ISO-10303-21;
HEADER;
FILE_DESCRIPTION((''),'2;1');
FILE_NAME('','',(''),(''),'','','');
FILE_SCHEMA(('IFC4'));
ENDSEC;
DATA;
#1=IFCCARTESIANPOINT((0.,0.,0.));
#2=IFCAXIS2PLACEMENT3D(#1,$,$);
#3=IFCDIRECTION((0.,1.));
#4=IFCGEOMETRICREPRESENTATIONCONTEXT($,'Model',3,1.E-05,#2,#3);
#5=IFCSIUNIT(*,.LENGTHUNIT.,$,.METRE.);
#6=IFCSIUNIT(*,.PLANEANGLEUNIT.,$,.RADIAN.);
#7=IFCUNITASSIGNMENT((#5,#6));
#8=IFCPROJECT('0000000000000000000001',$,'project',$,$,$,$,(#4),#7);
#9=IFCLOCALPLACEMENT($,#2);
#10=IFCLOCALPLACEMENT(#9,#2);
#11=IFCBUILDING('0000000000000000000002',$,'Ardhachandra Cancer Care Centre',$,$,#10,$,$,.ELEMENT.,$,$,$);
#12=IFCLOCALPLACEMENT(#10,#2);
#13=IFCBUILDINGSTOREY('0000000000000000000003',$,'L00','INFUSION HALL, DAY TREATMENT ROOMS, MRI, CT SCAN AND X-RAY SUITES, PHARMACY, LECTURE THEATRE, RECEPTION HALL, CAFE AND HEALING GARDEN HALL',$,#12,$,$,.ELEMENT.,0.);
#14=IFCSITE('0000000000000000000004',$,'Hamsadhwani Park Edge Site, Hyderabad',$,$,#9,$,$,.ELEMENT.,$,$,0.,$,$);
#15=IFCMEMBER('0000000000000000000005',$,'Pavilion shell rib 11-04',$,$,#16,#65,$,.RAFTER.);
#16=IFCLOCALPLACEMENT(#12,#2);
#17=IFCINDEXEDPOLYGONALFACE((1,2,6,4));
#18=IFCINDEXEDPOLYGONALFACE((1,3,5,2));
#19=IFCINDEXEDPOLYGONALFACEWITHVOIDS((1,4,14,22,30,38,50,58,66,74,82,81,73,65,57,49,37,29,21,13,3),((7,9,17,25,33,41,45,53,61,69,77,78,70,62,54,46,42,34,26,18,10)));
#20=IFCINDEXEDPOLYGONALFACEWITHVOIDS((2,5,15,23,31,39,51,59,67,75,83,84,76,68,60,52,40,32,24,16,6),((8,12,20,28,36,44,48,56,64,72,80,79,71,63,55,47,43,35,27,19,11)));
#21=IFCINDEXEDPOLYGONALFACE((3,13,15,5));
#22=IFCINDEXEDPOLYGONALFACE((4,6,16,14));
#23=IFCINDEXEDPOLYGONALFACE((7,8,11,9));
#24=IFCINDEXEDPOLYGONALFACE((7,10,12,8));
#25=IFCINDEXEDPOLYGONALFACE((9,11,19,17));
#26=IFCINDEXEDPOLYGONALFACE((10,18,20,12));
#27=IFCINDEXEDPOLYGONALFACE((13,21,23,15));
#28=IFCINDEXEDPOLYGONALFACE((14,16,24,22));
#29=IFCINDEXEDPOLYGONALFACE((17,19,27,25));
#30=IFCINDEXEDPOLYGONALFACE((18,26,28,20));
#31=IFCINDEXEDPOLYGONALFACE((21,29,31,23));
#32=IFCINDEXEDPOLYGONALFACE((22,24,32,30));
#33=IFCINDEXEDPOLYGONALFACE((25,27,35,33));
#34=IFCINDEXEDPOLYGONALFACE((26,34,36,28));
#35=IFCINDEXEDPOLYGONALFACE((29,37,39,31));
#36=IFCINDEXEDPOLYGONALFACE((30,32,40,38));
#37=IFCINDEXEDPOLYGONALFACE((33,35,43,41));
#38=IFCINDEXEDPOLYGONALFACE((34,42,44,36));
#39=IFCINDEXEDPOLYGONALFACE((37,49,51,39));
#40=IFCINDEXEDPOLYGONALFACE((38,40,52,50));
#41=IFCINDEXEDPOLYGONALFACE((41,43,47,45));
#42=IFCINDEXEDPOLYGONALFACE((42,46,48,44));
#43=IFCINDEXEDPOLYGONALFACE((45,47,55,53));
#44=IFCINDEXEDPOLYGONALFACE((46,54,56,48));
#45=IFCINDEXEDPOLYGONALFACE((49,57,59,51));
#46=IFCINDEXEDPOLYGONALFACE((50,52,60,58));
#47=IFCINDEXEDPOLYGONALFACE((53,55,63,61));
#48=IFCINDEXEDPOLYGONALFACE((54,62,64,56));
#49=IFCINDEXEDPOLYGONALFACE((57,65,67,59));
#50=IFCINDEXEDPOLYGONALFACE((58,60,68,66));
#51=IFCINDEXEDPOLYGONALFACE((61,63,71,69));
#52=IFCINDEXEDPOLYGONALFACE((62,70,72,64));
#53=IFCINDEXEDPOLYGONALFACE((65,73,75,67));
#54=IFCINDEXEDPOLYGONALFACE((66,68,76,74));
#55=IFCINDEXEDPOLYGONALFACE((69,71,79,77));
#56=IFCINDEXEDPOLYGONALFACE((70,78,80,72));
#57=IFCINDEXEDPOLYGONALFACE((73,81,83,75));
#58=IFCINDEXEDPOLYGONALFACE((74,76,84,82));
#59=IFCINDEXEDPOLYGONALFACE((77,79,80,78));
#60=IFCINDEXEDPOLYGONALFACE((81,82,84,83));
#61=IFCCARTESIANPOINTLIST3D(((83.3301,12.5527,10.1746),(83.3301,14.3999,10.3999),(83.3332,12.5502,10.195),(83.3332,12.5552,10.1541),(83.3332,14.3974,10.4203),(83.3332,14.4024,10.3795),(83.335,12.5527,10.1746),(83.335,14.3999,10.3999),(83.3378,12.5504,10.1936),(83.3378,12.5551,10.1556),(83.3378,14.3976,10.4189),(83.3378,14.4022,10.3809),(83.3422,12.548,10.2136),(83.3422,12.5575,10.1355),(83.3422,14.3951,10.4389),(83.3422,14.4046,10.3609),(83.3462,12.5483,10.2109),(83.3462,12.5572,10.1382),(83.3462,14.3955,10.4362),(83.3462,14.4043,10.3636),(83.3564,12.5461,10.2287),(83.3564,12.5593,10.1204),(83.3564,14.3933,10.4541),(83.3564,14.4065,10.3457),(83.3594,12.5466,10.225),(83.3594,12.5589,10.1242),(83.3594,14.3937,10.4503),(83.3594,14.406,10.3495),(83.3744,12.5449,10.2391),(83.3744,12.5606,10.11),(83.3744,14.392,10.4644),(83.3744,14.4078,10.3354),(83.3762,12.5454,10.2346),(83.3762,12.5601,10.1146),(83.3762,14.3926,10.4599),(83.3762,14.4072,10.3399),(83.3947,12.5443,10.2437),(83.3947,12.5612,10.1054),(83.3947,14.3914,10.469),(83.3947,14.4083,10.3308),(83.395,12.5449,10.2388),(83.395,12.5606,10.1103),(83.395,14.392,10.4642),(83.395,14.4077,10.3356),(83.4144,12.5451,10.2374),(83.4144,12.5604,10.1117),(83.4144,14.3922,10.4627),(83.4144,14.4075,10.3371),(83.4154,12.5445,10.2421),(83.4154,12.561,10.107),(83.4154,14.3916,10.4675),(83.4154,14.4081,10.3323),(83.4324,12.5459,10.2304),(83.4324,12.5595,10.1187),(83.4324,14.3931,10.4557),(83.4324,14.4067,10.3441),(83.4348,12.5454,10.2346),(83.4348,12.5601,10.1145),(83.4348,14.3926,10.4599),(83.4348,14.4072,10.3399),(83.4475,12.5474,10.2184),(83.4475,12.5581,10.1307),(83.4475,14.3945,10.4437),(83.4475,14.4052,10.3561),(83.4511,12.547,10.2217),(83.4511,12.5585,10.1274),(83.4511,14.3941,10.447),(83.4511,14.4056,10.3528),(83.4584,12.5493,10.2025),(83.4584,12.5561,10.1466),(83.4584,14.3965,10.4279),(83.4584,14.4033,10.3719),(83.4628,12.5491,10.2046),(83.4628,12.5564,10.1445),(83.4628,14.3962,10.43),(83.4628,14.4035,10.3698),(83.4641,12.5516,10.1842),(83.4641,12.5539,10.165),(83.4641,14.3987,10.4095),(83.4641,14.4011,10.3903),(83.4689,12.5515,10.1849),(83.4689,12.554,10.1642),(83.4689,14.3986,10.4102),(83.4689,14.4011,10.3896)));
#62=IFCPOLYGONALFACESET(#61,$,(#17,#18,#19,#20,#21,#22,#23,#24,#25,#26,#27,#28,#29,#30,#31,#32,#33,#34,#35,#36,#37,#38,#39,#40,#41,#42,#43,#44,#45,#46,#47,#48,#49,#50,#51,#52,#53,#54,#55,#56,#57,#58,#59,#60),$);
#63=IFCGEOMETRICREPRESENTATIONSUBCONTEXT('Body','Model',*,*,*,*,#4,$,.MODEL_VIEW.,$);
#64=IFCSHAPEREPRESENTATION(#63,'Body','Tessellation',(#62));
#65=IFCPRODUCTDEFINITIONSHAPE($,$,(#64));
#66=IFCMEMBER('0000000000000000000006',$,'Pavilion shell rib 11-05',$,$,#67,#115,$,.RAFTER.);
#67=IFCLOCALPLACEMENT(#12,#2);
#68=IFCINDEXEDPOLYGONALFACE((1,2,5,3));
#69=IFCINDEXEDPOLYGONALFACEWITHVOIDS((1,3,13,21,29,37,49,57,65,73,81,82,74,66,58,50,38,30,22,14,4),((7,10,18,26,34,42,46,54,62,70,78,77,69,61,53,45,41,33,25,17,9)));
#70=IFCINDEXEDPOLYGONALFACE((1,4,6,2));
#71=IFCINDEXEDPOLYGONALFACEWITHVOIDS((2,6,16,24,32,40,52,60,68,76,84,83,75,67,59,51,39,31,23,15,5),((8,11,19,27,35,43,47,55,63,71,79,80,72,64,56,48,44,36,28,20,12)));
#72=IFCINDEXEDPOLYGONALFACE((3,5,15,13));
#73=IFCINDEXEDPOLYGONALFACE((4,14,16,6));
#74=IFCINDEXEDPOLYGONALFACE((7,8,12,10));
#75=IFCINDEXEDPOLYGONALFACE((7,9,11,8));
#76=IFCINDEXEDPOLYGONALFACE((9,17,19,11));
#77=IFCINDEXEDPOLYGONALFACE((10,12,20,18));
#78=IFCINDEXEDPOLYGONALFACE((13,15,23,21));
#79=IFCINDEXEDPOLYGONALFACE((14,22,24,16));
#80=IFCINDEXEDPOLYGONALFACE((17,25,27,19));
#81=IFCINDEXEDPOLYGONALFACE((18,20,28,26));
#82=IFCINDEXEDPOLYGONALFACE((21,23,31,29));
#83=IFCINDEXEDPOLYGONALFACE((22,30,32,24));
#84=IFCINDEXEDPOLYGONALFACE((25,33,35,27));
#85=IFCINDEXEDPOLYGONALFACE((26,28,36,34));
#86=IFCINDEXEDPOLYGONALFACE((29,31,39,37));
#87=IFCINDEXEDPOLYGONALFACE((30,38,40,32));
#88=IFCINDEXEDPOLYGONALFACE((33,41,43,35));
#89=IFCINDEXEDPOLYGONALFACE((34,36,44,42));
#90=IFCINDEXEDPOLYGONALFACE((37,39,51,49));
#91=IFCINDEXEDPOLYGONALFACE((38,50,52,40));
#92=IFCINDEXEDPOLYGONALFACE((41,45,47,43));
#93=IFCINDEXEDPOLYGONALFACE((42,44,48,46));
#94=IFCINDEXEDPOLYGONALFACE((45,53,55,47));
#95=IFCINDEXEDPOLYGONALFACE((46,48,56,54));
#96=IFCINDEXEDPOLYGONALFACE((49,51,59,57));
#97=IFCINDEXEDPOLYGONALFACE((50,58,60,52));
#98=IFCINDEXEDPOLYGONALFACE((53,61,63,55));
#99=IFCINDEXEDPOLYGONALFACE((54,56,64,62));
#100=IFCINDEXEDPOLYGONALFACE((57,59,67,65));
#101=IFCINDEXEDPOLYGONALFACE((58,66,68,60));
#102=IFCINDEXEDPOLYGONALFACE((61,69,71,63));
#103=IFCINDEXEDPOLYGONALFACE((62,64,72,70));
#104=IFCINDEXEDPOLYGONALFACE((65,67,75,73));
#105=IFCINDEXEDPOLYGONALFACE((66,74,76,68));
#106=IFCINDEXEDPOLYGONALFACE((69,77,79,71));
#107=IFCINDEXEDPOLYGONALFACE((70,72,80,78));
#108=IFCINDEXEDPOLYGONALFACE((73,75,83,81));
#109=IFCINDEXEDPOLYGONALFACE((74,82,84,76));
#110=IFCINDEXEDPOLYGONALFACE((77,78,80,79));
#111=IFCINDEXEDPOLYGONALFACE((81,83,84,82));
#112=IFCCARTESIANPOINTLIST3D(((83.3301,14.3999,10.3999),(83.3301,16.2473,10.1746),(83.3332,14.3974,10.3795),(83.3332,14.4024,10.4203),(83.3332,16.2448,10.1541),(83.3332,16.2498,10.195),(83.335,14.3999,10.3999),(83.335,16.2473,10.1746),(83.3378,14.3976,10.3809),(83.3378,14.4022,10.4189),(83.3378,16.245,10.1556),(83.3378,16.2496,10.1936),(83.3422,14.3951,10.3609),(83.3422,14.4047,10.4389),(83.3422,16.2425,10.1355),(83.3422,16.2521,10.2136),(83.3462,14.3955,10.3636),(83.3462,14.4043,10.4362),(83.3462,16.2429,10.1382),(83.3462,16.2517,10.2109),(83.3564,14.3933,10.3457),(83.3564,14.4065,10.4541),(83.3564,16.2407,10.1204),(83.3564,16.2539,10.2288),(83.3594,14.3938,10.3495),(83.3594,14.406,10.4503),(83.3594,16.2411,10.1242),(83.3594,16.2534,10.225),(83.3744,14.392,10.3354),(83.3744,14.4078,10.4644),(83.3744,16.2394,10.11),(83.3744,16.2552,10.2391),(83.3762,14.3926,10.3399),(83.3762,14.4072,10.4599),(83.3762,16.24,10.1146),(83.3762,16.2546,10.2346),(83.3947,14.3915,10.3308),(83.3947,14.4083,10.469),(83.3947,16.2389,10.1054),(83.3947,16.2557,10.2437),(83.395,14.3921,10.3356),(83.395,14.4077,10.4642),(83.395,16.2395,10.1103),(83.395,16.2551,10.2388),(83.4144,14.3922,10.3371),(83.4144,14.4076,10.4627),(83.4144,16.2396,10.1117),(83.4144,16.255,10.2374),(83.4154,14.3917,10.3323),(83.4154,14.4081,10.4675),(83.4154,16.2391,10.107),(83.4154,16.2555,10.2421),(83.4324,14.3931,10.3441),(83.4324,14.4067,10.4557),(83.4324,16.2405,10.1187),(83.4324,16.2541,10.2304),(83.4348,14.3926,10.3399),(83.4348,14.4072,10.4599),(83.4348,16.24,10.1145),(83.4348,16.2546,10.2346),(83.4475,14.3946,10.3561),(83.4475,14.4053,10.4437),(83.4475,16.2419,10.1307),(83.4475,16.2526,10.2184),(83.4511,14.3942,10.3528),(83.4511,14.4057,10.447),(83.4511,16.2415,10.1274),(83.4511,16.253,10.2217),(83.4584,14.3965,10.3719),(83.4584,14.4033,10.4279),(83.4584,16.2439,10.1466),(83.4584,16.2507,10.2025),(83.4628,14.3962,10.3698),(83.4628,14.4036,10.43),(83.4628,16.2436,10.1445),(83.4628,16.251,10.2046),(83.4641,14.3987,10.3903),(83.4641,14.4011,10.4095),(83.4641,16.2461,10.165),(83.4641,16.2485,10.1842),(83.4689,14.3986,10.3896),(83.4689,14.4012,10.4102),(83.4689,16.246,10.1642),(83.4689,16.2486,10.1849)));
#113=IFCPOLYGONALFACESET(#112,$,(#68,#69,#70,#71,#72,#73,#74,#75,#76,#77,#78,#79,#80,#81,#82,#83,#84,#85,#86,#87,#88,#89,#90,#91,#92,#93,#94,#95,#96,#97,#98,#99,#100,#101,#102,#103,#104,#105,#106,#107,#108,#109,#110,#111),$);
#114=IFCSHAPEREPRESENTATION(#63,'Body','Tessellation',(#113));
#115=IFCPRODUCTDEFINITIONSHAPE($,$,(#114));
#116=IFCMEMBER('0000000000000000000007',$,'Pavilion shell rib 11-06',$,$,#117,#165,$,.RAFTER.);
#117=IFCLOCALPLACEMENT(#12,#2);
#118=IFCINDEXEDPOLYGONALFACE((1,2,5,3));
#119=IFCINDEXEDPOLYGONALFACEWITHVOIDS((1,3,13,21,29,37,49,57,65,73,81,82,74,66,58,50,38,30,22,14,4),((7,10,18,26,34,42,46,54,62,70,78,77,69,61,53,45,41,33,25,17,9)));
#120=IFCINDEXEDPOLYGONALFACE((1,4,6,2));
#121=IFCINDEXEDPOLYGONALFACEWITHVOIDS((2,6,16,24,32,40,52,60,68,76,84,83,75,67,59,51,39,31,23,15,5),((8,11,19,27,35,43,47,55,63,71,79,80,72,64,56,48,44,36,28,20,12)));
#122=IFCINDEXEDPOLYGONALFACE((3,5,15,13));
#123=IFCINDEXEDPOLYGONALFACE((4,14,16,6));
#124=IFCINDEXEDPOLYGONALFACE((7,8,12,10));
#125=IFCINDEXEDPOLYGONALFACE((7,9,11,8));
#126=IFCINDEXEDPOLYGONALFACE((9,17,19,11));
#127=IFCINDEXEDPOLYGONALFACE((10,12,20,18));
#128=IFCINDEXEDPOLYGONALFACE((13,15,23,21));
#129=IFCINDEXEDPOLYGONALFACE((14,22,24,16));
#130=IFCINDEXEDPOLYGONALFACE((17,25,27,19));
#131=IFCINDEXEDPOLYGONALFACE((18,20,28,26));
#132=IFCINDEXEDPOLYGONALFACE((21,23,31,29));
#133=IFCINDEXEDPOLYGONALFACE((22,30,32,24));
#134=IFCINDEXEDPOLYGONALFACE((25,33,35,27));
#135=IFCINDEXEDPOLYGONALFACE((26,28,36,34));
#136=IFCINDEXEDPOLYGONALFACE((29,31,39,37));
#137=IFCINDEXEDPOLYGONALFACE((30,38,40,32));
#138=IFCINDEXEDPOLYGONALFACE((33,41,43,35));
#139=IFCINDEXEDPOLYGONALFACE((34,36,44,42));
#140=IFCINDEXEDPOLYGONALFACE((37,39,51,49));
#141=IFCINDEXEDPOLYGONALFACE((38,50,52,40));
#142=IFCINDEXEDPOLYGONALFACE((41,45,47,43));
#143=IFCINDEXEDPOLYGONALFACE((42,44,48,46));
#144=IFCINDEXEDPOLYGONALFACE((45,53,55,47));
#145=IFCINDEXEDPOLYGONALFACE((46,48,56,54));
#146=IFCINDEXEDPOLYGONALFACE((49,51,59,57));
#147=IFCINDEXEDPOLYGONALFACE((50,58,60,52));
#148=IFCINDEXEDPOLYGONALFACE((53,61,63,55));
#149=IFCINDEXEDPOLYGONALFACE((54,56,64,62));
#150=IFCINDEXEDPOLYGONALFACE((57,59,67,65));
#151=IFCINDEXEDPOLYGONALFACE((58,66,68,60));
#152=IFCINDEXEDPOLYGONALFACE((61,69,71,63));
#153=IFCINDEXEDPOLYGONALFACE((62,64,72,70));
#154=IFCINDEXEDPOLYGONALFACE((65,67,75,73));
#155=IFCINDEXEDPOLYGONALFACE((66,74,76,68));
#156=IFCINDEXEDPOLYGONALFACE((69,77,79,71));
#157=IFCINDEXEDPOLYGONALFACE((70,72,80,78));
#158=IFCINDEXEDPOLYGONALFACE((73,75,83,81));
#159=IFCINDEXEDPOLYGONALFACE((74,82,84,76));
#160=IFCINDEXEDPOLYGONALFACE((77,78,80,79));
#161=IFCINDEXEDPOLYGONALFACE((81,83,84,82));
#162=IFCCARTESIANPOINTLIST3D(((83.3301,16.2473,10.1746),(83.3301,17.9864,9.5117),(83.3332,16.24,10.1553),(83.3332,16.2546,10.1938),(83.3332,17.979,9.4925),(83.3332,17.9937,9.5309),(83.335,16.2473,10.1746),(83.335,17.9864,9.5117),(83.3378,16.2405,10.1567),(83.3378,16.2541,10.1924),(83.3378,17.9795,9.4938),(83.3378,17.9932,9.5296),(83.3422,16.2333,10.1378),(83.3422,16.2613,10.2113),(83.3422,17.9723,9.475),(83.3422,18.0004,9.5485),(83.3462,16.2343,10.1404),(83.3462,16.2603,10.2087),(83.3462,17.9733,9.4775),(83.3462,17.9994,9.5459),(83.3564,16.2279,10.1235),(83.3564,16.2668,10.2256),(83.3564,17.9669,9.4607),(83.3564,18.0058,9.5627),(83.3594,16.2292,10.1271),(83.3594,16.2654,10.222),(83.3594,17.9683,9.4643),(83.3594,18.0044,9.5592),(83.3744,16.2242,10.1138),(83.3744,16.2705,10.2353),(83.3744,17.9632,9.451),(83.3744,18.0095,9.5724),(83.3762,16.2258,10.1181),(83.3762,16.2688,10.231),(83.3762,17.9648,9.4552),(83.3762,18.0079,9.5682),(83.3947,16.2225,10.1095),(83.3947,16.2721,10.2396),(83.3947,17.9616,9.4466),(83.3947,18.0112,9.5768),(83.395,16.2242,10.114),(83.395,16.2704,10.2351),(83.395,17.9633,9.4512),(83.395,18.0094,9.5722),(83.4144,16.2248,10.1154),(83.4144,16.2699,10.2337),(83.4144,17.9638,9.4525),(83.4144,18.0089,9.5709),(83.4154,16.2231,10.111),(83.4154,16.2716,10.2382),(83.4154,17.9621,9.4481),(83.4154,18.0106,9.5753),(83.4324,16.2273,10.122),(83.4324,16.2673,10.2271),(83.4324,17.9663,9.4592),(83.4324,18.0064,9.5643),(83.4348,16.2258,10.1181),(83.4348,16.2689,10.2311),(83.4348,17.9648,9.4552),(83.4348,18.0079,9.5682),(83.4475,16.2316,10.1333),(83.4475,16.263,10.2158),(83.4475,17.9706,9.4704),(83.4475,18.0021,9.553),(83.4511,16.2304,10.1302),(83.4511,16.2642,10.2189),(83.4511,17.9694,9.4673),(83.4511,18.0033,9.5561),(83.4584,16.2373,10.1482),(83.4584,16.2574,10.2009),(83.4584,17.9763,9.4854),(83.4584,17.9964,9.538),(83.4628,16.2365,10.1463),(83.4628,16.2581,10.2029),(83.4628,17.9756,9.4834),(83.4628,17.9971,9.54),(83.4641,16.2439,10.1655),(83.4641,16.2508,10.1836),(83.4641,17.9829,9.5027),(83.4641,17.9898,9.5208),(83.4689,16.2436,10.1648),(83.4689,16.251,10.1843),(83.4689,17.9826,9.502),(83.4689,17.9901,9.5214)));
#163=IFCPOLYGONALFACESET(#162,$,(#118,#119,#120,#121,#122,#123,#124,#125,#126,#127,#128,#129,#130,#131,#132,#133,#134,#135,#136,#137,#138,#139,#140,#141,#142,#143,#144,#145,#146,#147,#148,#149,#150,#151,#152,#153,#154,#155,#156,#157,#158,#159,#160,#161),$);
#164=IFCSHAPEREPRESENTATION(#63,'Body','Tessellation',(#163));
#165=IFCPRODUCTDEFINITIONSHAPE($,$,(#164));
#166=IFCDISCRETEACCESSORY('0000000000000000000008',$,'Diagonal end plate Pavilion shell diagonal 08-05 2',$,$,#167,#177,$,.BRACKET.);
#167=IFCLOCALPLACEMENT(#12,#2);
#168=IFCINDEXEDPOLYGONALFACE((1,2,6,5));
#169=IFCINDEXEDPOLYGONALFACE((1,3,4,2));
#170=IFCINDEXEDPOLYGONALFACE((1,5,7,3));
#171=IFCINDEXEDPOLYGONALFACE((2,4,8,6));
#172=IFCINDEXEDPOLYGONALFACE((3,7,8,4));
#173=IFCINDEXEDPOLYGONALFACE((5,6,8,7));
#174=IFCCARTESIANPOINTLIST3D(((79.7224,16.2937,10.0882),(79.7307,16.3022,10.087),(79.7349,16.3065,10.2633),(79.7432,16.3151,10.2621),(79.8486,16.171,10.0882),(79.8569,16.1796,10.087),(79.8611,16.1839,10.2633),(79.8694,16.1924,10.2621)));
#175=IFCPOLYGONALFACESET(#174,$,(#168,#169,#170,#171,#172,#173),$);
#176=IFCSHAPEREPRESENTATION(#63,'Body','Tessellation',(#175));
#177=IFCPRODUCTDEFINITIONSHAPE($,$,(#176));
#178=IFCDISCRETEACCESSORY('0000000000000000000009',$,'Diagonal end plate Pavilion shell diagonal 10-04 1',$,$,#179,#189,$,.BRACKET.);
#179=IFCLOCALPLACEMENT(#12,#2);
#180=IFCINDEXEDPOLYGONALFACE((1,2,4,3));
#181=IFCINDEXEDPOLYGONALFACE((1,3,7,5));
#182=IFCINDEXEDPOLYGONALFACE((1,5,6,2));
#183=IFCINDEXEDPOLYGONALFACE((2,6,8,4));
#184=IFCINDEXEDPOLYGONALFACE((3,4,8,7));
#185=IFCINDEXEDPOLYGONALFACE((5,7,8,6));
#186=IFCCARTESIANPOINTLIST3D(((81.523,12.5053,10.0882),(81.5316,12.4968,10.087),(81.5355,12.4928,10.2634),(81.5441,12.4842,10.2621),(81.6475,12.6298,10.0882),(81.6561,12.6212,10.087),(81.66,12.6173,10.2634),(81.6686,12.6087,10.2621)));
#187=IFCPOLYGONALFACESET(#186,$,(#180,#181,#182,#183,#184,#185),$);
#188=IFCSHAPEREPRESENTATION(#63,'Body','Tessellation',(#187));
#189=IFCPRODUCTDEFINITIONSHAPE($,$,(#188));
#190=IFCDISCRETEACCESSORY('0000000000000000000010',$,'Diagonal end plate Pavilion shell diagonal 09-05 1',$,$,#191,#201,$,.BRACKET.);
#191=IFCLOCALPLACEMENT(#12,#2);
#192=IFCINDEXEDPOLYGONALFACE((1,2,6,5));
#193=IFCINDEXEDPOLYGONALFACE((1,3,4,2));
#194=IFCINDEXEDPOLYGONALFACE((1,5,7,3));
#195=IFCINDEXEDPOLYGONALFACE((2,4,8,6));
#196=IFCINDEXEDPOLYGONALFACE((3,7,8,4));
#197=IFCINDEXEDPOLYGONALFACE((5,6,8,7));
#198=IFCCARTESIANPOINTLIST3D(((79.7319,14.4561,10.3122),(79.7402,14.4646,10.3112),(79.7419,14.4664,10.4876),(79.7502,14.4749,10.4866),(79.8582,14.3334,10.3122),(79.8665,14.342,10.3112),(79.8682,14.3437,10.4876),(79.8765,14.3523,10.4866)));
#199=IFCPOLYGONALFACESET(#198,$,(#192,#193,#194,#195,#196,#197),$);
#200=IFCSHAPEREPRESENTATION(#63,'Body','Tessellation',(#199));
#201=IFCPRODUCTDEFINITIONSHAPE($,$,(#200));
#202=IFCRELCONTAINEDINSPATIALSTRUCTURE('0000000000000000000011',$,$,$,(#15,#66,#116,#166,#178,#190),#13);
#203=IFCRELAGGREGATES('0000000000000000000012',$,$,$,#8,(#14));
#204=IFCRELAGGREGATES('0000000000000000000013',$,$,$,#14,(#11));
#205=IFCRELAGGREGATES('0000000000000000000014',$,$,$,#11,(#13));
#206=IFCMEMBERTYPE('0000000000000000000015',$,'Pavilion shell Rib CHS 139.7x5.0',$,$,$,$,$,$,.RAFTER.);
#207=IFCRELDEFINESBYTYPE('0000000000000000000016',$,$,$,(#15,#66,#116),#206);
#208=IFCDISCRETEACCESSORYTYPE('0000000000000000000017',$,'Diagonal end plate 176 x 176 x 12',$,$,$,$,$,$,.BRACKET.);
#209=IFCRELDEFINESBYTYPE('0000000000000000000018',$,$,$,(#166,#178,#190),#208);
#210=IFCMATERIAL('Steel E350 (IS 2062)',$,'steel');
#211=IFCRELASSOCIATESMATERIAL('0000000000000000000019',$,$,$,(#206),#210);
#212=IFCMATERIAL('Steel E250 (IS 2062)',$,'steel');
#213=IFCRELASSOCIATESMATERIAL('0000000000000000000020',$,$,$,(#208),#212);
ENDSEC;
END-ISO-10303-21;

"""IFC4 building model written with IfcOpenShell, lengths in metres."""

from ifc_helpers import new_model, si_unit, direction, frame, origin, origin_2d, place, context, subcontext, project, spatial, rectangle, hollow_circle, extrude, material, material_profile, profile_set, type_object, element, save


model = new_model("IFC4")

# Units and contexts
model_context = context("Model", 3, precision=1e-05, world=origin(), true_north=direction((0.0, 1.0)))
body_context = subcontext(model_context, "Body", "Model", "MODEL_VIEW")
ifc_project = project(units=[si_unit("LENGTHUNIT", "METRE"), si_unit("PLANEANGLEUNIT", "RADIAN")], contexts=[model_context])

# Site, building, storey
site_placement = place(None, origin())
site = spatial("IfcSite", under=ifc_project, at=site_placement, Name="Hamsadhwani Park Edge Site, Hyderabad", CompositionType="ELEMENT", RefElevation=0.0)
building_placement = place(site_placement, origin())
building = spatial("IfcBuilding", under=site, at=building_placement, Name="Ardhachandra Cancer Care Centre", CompositionType="ELEMENT")
storey_placement = place(building_placement, origin())
storey = spatial("IfcBuildingStorey", under=building, at=storey_placement, Name="L00", Description="INFUSION HALL, DAY TREATMENT ROOMS, MRI, CT SCAN AND X-RAY SUITES, PHARMACY, LECTURE THEATRE, RECEPTION HALL, CAFE AND HEALING GARDEN HALL", CompositionType="ELEMENT", Elevation=0.0)

# Members
ifc_material_1 = material(Name="Steel E350 (IS 2062)", Category="steel")
ifc_material_profile_1 = material_profile(ifc_material_1, hollow_circle(Radius=0.0698, WallThickness=0.0049, at=origin_2d()), Name="CHS 139.7x5.0")
ifc_profile_set_1 = profile_set([ifc_material_profile_1], Name="Steel E350 (IS 2062)")
member_type_1 = type_object("IfcMemberType", Name="Pavilion shell Rib CHS 139.7x5.0", PredefinedType="RAFTER", material=ifc_profile_set_1)
member_1_placement = place(storey_placement, frame((83.3999, 12.5527, 10.1746), z_axis=(0.0, 0.992641, 0.121095), x_axis=(-1.0, 0.0, 0.0)))
element("IfcMember", 1, at=member_1_placement, inside=storey, type_object=member_type_1, Name="Pavilion shell rib 11-04", PredefinedType="RAFTER", context=body_context, shape_type="SweptSolid", body=[
    extrude(hollow_circle(Radius=0.0698, WallThickness=0.0049, at=origin_2d()), origin(), (0.0, 0.0, 1.0), 1.8608),
])
for number, where, z_axis, x_axis, name in (
    (2, (83.3999, 14.3999, 10.3999), (0.0, 0.992643, -0.12108), (-1.0, 0.0, 0.0), "Pavilion shell rib 11-05"),
    (3, (83.3999, 16.2473, 10.1746), (0.0, 0.934423, -0.356164), (-1.0, 0.0, 0.0), "Pavilion shell rib 11-06"),
):
    element("IfcMember", number, at=place(storey_placement, frame(where, z_axis=z_axis, x_axis=x_axis)), inside=storey, type_object=member_type_1, Name=name, PredefinedType="RAFTER", context=body_context, shape_type="SweptSolid", body=[
        extrude(hollow_circle(Radius=0.0698, WallThickness=0.0049, at=origin_2d()), origin(), (0.0, 0.0, 1.0), 1.8611),
    ])

# Discrete accessories
ifc_material_2 = material(Name="Steel E250 (IS 2062)", Category="steel")
ifc_material_profile_2 = material_profile(ifc_material_2, rectangle(XDim=0.176, YDim=0.176, at=origin_2d()), Name="PL 176x176x12")
ifc_profile_set_2 = profile_set([ifc_material_profile_2], Name="Steel E250 (IS 2062)")
discrete_accessory_type = type_object("IfcDiscreteAccessoryType", Name="Diagonal end plate 176 x 176 x 12", PredefinedType="BRACKET", material=ifc_profile_set_2)
discrete_accessory_1_placement = place(storey_placement, frame((79.8, 16.2473, 10.1746), z_axis=(-0.693156, -0.713543, 0.101935), x_axis=(0.717279, -0.696786, 0.0)))
element("IfcDiscreteAccessory", 4, at=discrete_accessory_1_placement, inside=storey, type_object=discrete_accessory_type, Name="Diagonal end plate Pavilion shell diagonal 08-05 2", PredefinedType="BRACKET", context=body_context, shape_type="SweptSolid", body=[
    extrude(rectangle(XDim=0.176, YDim=0.176, at=origin_2d()), origin(), (0.0, 0.0, 1.0), 0.012),
])
discrete_accessory_2_placement = place(storey_placement, frame((81.6001, 12.5527, 10.1746), z_axis=(-0.703526, 0.703526, 0.100504), x_axis=(-0.707107, -0.707107, 0.0)))
element("IfcDiscreteAccessory", 5, at=discrete_accessory_2_placement, inside=storey, type_object=discrete_accessory_type, Name="Diagonal end plate Pavilion shell diagonal 10-04 1", PredefinedType="BRACKET", context=body_context, shape_type="SweptSolid", body=[
    extrude(rectangle(XDim=0.176, YDim=0.176, at=origin_2d()), origin(), (0.0, 0.0, 1.0), 0.0122),
])
discrete_accessory_3_placement = place(storey_placement, frame((79.8, 14.3999, 10.3999), z_axis=(0.694456, 0.714881, -0.081701), x_axis=(-0.717279, 0.696786, 0.0)))
element("IfcDiscreteAccessory", 6, at=discrete_accessory_3_placement, inside=storey, type_object=discrete_accessory_type, Name="Diagonal end plate Pavilion shell diagonal 09-05 1", PredefinedType="BRACKET", context=body_context, shape_type="SweptSolid", body=[
    extrude(rectangle(XDim=0.176, YDim=0.176, at=origin_2d()), origin(), (0.0, 0.0, 1.0), 0.012),
])

save(model, "model.ifc")
